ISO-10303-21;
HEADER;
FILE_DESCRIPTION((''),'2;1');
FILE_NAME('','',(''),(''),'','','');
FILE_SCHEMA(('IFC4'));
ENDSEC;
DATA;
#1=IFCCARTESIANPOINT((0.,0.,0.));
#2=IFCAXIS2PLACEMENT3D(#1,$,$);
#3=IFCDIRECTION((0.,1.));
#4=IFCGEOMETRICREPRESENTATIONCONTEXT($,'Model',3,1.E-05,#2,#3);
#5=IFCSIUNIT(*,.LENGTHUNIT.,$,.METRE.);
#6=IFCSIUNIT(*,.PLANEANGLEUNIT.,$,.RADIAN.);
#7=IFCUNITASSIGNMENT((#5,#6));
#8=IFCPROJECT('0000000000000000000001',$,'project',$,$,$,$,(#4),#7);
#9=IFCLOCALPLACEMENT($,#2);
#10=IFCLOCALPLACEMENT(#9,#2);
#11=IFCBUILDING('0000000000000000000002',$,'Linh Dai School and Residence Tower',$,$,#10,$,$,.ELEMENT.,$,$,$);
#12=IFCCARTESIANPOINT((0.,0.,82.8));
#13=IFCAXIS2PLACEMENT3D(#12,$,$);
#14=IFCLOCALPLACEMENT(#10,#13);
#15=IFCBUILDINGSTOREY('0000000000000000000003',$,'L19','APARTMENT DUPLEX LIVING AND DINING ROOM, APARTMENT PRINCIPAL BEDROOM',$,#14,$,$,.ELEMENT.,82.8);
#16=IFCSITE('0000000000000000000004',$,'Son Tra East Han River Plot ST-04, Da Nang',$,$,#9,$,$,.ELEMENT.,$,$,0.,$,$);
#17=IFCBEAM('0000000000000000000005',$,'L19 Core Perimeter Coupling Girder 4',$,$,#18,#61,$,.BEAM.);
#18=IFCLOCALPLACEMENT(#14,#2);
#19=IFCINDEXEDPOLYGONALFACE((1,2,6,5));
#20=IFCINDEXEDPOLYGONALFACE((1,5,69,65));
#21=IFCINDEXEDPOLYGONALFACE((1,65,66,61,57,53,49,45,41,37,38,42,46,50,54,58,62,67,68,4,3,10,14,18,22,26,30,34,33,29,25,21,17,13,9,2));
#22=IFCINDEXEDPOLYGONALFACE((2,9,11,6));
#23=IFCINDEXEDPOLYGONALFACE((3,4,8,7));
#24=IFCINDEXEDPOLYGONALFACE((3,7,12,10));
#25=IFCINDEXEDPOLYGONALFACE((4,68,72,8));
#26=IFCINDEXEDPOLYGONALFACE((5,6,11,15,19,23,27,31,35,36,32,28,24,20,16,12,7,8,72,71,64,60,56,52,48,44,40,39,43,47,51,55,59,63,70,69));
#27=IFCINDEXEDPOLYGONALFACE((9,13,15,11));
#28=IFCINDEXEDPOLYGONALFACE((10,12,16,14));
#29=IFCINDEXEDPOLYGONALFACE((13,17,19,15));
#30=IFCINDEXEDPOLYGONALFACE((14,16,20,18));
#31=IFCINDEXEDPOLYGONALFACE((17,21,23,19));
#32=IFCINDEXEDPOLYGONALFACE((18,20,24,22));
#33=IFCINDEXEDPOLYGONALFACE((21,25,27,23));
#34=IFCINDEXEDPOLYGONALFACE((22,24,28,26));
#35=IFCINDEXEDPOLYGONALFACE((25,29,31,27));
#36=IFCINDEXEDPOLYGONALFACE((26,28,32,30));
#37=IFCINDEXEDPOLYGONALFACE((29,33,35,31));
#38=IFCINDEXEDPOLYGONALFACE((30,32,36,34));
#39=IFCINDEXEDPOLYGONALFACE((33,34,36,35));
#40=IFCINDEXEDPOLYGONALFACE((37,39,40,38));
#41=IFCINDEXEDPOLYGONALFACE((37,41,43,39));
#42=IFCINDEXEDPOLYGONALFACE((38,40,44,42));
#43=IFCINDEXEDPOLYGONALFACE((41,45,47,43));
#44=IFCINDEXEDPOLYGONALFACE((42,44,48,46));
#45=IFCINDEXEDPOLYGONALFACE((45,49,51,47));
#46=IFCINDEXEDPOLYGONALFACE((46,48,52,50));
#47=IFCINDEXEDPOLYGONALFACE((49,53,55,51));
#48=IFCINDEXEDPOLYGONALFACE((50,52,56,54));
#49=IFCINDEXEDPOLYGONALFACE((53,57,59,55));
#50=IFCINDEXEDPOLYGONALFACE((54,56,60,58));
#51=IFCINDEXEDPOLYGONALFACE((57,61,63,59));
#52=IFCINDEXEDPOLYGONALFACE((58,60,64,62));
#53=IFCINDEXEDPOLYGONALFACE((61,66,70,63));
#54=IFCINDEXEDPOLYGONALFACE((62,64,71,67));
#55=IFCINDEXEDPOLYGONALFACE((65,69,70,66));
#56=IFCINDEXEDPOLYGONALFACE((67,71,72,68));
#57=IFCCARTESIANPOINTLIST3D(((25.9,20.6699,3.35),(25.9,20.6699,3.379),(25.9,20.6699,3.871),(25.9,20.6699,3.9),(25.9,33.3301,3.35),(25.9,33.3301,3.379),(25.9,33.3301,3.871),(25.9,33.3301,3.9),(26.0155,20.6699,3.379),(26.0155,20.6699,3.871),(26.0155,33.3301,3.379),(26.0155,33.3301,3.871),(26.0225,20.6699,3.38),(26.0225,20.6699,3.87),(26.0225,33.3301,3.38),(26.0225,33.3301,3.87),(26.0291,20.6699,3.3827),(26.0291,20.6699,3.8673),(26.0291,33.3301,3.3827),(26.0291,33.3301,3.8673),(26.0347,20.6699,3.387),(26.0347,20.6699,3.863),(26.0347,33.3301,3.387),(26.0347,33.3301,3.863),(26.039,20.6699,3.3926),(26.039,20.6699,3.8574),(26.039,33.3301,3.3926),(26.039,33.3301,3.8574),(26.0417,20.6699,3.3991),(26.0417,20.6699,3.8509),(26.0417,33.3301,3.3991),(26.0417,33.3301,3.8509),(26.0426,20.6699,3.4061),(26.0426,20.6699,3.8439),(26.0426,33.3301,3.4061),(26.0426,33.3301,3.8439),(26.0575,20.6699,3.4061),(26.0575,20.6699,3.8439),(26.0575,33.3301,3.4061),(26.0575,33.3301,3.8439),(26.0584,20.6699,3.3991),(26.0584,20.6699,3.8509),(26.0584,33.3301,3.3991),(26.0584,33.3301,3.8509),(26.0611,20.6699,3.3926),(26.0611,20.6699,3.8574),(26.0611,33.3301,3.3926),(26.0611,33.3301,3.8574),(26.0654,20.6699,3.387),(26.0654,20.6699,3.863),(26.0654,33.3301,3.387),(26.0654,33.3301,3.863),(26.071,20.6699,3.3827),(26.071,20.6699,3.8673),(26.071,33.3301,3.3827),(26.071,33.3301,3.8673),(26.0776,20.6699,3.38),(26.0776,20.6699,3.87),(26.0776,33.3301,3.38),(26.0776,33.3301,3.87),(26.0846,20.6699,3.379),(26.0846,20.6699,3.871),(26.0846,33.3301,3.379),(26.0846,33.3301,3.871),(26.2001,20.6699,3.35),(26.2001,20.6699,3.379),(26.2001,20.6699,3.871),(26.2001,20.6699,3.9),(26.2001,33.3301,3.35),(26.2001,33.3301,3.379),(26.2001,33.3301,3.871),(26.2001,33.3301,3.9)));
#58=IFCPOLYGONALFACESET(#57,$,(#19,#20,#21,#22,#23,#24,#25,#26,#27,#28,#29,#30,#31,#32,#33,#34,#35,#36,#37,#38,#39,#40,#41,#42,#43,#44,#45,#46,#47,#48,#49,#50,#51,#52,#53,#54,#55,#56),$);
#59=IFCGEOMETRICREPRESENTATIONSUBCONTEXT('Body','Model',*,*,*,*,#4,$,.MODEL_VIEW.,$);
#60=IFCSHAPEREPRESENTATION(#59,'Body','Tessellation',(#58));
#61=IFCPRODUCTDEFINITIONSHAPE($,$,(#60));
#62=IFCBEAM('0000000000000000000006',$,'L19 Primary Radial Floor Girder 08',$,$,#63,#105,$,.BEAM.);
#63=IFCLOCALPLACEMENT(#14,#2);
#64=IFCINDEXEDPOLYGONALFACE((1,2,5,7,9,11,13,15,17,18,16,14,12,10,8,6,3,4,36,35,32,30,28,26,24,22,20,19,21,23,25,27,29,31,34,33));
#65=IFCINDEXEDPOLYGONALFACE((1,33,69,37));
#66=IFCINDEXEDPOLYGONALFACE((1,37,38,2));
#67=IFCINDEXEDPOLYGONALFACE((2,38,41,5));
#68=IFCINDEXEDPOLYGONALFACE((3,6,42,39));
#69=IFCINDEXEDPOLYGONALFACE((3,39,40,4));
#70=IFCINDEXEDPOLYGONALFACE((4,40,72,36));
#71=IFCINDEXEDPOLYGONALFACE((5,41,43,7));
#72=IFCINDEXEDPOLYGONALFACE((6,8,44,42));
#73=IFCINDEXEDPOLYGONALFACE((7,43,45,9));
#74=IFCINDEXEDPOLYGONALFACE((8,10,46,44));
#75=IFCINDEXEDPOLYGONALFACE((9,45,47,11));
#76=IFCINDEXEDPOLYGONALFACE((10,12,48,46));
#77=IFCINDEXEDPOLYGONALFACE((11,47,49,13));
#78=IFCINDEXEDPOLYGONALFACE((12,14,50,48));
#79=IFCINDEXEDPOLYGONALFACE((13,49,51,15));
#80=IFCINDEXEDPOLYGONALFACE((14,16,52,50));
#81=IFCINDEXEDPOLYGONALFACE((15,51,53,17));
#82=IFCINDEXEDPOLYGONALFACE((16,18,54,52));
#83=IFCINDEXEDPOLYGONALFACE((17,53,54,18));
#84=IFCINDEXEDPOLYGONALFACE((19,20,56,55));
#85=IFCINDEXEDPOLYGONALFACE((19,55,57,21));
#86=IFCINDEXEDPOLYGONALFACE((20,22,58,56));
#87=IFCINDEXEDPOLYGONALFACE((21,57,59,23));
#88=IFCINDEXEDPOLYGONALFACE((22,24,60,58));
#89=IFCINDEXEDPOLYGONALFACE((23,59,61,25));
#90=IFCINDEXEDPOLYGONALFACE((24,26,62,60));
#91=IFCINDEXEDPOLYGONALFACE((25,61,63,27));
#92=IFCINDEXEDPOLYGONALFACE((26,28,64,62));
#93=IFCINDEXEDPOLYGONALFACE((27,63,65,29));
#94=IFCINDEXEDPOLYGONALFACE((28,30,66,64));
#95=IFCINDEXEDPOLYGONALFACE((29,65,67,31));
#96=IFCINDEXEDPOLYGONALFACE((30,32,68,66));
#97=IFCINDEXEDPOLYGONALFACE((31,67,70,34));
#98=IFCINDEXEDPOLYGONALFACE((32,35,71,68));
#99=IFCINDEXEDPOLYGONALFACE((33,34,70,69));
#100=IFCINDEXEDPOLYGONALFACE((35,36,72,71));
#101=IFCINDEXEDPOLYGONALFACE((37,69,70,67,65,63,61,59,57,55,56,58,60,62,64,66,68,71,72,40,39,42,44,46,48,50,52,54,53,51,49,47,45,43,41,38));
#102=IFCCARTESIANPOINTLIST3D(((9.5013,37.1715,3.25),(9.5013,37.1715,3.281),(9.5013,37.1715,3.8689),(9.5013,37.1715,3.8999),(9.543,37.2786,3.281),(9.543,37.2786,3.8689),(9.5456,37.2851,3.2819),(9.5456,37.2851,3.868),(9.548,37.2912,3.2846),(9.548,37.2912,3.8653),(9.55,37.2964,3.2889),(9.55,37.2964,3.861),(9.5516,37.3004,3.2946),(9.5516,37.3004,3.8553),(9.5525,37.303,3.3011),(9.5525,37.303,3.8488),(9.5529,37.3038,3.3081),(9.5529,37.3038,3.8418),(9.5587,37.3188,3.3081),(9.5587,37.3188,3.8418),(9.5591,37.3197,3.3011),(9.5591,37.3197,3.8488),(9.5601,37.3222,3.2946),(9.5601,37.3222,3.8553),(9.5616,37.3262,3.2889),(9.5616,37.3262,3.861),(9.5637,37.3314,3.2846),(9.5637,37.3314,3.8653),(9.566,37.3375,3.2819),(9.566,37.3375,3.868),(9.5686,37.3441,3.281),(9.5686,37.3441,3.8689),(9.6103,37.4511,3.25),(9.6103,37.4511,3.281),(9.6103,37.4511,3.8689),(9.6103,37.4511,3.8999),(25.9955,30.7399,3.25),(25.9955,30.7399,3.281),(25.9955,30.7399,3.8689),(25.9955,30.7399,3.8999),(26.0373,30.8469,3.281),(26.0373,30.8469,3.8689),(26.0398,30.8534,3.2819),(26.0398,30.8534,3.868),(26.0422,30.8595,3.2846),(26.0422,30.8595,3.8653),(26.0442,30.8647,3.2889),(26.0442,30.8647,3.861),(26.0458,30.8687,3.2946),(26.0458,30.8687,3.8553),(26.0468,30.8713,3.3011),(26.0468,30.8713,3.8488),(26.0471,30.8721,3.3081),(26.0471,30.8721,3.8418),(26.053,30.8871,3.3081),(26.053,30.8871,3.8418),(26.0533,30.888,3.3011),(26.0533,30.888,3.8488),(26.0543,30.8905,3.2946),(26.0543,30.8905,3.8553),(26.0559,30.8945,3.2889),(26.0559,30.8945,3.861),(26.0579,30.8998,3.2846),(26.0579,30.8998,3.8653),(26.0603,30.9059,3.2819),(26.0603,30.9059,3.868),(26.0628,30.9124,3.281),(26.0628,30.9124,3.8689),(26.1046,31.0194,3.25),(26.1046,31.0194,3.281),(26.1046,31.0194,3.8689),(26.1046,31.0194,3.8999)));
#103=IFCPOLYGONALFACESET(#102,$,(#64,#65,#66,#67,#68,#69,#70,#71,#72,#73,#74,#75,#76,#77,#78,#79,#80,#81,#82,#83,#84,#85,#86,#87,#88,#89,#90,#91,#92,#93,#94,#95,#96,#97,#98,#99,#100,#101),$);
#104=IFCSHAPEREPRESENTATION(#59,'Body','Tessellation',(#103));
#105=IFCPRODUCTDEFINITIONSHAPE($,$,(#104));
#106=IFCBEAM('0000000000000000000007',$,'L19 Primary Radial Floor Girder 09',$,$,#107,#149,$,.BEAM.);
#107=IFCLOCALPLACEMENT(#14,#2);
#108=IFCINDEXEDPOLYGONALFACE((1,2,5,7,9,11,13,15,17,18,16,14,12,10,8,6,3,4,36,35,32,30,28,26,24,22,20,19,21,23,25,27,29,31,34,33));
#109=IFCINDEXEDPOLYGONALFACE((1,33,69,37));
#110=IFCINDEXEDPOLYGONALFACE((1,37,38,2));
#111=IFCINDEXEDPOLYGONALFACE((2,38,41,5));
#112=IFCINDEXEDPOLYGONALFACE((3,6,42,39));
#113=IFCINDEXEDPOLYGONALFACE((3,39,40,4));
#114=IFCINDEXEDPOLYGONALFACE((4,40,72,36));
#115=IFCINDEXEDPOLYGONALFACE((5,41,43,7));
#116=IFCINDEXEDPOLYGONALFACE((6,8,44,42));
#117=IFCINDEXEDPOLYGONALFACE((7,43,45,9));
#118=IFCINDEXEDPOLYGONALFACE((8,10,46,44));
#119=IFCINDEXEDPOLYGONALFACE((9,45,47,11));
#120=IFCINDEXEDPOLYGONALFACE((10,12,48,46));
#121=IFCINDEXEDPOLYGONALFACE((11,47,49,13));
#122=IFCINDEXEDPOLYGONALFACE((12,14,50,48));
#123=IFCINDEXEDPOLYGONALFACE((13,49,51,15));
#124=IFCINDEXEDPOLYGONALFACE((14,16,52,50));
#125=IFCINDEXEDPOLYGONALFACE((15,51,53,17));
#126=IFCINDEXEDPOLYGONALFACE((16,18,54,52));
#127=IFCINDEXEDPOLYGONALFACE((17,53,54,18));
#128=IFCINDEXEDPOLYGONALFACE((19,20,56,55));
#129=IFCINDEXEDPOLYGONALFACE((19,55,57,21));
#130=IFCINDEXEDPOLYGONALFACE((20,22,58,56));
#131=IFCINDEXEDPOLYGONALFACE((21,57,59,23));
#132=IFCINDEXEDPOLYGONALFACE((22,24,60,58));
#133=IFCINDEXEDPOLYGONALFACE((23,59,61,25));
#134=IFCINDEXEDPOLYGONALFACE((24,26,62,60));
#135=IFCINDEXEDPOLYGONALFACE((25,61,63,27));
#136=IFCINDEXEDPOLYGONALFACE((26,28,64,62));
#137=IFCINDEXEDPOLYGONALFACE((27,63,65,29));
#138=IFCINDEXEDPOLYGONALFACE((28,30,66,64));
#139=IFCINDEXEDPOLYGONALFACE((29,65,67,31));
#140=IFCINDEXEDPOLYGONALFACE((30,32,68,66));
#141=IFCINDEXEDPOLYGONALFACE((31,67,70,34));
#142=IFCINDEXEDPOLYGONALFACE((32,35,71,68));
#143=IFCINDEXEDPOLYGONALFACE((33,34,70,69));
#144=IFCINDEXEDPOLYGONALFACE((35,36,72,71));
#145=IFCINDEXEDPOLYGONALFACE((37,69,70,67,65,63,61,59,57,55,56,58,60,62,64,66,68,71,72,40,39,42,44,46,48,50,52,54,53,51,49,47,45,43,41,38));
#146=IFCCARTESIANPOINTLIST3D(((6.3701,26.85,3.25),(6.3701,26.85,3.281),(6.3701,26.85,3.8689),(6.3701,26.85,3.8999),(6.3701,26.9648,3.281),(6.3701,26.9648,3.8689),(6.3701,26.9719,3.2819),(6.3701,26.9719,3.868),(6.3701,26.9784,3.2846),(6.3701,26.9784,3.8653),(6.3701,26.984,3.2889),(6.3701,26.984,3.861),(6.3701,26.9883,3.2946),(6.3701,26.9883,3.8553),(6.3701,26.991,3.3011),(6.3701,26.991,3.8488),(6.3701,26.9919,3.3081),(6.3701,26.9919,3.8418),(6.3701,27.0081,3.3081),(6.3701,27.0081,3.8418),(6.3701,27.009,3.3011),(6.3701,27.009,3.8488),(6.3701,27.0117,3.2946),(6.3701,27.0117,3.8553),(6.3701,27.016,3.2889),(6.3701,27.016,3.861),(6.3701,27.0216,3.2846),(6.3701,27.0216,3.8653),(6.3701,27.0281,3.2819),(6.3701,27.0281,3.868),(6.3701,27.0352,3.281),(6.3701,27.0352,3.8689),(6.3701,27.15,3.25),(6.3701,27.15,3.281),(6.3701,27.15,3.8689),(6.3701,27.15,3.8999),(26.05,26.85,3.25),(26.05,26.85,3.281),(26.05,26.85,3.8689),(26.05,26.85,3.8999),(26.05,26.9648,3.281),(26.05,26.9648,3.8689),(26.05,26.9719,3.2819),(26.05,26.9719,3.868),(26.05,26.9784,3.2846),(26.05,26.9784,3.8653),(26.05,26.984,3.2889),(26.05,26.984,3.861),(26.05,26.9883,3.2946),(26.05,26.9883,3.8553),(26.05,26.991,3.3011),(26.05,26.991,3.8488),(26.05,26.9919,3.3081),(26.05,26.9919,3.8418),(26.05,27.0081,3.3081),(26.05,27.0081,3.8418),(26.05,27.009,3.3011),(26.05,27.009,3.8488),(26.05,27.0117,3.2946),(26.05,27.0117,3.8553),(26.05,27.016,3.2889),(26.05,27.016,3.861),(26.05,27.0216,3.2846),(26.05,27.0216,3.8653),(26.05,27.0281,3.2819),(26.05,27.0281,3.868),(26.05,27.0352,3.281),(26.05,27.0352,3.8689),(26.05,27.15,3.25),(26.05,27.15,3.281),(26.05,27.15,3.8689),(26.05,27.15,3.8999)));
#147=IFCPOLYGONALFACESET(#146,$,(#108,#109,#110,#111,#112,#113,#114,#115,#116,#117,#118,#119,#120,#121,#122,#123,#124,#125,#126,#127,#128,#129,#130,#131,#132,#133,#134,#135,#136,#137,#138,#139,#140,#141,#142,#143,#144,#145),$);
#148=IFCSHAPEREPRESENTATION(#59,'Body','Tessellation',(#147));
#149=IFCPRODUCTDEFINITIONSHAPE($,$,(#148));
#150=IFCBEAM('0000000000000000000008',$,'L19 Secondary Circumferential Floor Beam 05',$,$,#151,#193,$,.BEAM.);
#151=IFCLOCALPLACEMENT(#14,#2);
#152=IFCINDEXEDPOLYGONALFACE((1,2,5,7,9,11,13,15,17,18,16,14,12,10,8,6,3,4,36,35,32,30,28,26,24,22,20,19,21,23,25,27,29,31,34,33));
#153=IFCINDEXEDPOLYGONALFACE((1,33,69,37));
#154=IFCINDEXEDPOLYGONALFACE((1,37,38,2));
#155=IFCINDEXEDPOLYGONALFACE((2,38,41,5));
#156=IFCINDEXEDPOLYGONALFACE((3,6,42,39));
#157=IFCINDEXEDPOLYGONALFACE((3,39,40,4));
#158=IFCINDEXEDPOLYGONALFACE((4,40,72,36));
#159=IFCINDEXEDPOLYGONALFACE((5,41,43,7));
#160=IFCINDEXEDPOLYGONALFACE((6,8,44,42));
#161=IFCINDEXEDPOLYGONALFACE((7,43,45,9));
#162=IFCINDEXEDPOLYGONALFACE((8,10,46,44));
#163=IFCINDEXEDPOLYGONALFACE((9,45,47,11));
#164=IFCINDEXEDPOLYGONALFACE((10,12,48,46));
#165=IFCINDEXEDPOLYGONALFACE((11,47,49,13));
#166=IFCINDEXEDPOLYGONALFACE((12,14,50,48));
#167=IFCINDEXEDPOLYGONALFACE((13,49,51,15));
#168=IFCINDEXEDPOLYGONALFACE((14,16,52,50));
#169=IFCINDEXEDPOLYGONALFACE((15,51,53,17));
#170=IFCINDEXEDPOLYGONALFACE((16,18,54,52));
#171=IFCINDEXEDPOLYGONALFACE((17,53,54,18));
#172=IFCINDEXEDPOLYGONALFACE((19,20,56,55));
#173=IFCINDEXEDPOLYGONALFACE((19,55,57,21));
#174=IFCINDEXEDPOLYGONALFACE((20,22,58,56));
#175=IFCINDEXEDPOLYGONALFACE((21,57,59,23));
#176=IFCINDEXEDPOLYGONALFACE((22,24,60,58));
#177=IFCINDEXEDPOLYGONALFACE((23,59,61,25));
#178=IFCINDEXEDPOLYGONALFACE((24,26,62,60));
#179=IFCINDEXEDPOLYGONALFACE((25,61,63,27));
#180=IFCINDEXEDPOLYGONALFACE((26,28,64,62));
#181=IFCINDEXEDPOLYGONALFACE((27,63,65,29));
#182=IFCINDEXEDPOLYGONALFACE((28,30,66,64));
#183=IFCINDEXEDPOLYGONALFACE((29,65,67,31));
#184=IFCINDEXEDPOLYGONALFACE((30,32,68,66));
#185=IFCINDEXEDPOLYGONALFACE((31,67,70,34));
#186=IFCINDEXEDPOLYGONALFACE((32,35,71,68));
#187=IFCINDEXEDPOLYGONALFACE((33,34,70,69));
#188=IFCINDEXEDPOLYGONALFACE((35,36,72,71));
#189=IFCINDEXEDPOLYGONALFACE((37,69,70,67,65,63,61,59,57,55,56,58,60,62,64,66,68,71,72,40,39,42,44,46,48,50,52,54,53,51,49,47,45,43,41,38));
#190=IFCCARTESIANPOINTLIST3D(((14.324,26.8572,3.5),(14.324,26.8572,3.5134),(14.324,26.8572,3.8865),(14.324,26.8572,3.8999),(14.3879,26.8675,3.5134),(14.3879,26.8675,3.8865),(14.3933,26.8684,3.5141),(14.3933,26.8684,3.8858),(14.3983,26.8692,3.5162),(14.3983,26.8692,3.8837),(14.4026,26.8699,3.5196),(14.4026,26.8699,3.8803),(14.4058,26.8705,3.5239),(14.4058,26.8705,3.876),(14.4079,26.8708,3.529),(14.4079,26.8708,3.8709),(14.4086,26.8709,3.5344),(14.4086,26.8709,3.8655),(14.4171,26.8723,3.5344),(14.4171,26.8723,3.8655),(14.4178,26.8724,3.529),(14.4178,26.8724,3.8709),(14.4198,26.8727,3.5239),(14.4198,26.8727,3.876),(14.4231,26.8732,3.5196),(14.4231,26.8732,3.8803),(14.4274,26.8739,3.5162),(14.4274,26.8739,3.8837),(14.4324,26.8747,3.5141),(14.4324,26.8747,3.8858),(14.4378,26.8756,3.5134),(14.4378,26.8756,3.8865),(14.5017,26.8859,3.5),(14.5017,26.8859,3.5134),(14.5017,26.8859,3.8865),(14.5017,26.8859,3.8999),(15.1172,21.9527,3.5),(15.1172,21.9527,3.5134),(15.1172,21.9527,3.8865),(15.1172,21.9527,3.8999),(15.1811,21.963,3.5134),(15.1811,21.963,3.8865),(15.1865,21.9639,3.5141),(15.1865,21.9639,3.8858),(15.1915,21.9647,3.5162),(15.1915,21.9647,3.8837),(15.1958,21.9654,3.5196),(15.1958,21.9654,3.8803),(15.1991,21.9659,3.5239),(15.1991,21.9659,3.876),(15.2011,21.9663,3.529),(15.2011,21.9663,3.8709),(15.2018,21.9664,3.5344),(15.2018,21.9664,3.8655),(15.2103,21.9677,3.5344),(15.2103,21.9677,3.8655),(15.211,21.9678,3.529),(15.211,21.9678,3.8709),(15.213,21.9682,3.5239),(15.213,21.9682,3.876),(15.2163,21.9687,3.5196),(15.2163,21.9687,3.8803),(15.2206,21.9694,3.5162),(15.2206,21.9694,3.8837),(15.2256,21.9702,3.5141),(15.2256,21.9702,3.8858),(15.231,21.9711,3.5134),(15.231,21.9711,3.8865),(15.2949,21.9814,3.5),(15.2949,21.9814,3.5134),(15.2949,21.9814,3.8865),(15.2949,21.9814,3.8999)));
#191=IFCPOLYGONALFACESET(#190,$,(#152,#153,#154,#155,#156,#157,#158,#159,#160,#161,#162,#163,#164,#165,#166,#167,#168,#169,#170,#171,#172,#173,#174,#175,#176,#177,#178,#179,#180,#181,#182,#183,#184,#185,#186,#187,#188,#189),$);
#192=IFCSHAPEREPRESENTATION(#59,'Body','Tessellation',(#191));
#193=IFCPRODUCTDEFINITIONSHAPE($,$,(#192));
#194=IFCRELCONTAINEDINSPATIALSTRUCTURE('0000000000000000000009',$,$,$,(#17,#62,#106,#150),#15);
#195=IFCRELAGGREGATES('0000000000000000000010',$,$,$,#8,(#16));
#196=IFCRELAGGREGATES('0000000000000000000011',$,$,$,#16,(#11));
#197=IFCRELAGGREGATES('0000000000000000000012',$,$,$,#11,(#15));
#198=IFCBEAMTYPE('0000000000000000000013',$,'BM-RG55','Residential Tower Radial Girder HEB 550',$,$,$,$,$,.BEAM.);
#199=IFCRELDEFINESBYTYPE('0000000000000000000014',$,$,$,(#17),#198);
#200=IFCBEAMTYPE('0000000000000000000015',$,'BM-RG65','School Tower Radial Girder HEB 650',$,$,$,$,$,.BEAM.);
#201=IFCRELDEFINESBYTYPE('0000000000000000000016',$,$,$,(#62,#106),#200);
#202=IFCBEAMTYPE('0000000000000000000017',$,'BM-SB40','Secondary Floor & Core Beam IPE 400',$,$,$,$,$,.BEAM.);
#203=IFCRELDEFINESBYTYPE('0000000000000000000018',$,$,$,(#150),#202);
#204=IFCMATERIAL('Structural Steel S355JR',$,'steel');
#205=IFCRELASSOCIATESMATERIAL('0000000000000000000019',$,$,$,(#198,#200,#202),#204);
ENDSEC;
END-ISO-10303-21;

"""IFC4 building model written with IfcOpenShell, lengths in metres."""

from ifc_helpers import new_model, si_unit, direction, frame, origin, origin_2d, place, context, subcontext, project, spatial, i_section, extrude, material, material_profile, profile_set, type_object, element, save


model = new_model("IFC4")

# Units and contexts
model_context = context("Model", 3, precision=1e-05, world=origin(), true_north=direction((0.0, 1.0)))
body_context = subcontext(model_context, "Body", "Model", "MODEL_VIEW")
ifc_project = project(units=[si_unit("LENGTHUNIT", "METRE"), si_unit("PLANEANGLEUNIT", "RADIAN")], contexts=[model_context])

# Site, building, storey
site_placement = place(None, origin())
site = spatial("IfcSite", under=ifc_project, at=site_placement, Name="Son Tra East Han River Plot ST-04, Da Nang", CompositionType="ELEMENT", RefElevation=0.0)
building_placement = place(site_placement, origin())
building = spatial("IfcBuilding", under=site, at=building_placement, Name="Linh Dai School and Residence Tower", CompositionType="ELEMENT")
storey_placement = place(building_placement, frame((0.0, 0.0, 82.8)))
storey = spatial("IfcBuildingStorey", under=building, at=storey_placement, Name="L19", Description="APARTMENT DUPLEX LIVING AND DINING ROOM, APARTMENT PRINCIPAL BEDROOM", CompositionType="ELEMENT", Elevation=82.8)

# Shared definitions
ifc_material_1 = material(Name="Structural Steel S355JR", Category="steel")

# Beams
ifc_material_profile_1 = material_profile(ifc_material_1, i_section(OverallWidth=0.3, OverallDepth=0.55, WebThickness=0.0149, FlangeThickness=0.0291, FilletRadius=0.0271, at=origin_2d()), Name="HEB 550")
ifc_profile_set_1 = profile_set([ifc_material_profile_1], Name="Structural Steel S355JR")
beam_type_1 = type_object("IfcBeamType", Name="BM-RG55", Description="Residential Tower Radial Girder HEB 550", PredefinedType="BEAM", material=ifc_profile_set_1)
beam_1_placement = place(storey_placement, frame((26.05, 33.3301, 3.625), z_axis=(0.0, -1.0, 0.0), x_axis=(1.0, 0.0, 0.0)))
element("IfcBeam", 1, at=beam_1_placement, inside=storey, type_object=beam_type_1, Name="L19 Core Perimeter Coupling Girder 4", PredefinedType="BEAM", context=body_context, shape_type="SweptSolid", body=[
    extrude(i_section(OverallWidth=0.3, OverallDepth=0.55, WebThickness=0.0149, FlangeThickness=0.0291, FilletRadius=0.0271, at=origin_2d()), origin(), (0.0, 0.0, 1.0), 12.6602),
])
ifc_material_profile_2 = material_profile(ifc_material_1, i_section(OverallWidth=0.3, OverallDepth=0.6499, WebThickness=0.0161, FlangeThickness=0.031, FilletRadius=0.0271, at=origin_2d()), Name="HEB 650")
ifc_profile_set_2 = profile_set([ifc_material_profile_2], Name="Structural Steel S355JR")
beam_type_2 = type_object("IfcBeamType", Name="BM-RG65", Description="School Tower Radial Girder HEB 650", PredefinedType="BEAM", material=ifc_profile_set_2)
beam_2_placement = place(storey_placement, frame((26.05, 30.8796, 3.575), z_axis=(-0.931675, 0.363293, 0.0), x_axis=(-0.363293, -0.931675, 0.0)))
element("IfcBeam", 2, at=beam_2_placement, inside=storey, type_object=beam_type_2, Name="L19 Primary Radial Floor Girder 08", PredefinedType="BEAM", context=body_context, shape_type="SweptSolid", body=[
    extrude(i_section(OverallWidth=0.3, OverallDepth=0.6499, WebThickness=0.0161, FlangeThickness=0.031, FilletRadius=0.0271, at=origin_2d()), origin(), (0.0, 0.0, 1.0), 17.7039),
])
beam_3_placement = place(storey_placement, frame((26.05, 27.0, 3.575), z_axis=(-1.0, 0.0, 0.0), x_axis=(0.0, -1.0, 0.0)))
element("IfcBeam", 3, at=beam_3_placement, inside=storey, type_object=beam_type_2, Name="L19 Primary Radial Floor Girder 09", PredefinedType="BEAM", context=body_context, shape_type="SweptSolid", body=[
    extrude(i_section(OverallWidth=0.3, OverallDepth=0.6499, WebThickness=0.0161, FlangeThickness=0.031, FilletRadius=0.0271, at=origin_2d()), origin(), (0.0, 0.0, 1.0), 19.6799),
])
ifc_material_profile_3 = material_profile(ifc_material_1, i_section(OverallWidth=0.1799, OverallDepth=0.3999, WebThickness=0.0085, FlangeThickness=0.0134, FilletRadius=0.021, at=origin_2d()), Name="IPE 400")
ifc_profile_set_3 = profile_set([ifc_material_profile_3], Name="Structural Steel S355JR")
beam_type_3 = type_object("IfcBeamType", Name="BM-SB40", Description="Secondary Floor & Core Beam IPE 400", PredefinedType="BEAM", material=ifc_profile_set_3)
beam_4_placement = place(storey_placement, frame((14.4128, 26.8716, 3.7), z_axis=(0.159656, -0.987173, 0.0), x_axis=(0.987173, 0.159656, 0.0)))
element("IfcBeam", 4, at=beam_4_placement, inside=storey, type_object=beam_type_3, Name="L19 Secondary Circumferential Floor Beam 05", PredefinedType="BEAM", context=body_context, shape_type="SweptSolid", body=[
    extrude(i_section(OverallWidth=0.1799, OverallDepth=0.3999, WebThickness=0.0085, FlangeThickness=0.0134, FilletRadius=0.021, at=origin_2d()), origin(), (0.0, 0.0, 1.0), 4.9683),
])

save(model, "model.ifc")
